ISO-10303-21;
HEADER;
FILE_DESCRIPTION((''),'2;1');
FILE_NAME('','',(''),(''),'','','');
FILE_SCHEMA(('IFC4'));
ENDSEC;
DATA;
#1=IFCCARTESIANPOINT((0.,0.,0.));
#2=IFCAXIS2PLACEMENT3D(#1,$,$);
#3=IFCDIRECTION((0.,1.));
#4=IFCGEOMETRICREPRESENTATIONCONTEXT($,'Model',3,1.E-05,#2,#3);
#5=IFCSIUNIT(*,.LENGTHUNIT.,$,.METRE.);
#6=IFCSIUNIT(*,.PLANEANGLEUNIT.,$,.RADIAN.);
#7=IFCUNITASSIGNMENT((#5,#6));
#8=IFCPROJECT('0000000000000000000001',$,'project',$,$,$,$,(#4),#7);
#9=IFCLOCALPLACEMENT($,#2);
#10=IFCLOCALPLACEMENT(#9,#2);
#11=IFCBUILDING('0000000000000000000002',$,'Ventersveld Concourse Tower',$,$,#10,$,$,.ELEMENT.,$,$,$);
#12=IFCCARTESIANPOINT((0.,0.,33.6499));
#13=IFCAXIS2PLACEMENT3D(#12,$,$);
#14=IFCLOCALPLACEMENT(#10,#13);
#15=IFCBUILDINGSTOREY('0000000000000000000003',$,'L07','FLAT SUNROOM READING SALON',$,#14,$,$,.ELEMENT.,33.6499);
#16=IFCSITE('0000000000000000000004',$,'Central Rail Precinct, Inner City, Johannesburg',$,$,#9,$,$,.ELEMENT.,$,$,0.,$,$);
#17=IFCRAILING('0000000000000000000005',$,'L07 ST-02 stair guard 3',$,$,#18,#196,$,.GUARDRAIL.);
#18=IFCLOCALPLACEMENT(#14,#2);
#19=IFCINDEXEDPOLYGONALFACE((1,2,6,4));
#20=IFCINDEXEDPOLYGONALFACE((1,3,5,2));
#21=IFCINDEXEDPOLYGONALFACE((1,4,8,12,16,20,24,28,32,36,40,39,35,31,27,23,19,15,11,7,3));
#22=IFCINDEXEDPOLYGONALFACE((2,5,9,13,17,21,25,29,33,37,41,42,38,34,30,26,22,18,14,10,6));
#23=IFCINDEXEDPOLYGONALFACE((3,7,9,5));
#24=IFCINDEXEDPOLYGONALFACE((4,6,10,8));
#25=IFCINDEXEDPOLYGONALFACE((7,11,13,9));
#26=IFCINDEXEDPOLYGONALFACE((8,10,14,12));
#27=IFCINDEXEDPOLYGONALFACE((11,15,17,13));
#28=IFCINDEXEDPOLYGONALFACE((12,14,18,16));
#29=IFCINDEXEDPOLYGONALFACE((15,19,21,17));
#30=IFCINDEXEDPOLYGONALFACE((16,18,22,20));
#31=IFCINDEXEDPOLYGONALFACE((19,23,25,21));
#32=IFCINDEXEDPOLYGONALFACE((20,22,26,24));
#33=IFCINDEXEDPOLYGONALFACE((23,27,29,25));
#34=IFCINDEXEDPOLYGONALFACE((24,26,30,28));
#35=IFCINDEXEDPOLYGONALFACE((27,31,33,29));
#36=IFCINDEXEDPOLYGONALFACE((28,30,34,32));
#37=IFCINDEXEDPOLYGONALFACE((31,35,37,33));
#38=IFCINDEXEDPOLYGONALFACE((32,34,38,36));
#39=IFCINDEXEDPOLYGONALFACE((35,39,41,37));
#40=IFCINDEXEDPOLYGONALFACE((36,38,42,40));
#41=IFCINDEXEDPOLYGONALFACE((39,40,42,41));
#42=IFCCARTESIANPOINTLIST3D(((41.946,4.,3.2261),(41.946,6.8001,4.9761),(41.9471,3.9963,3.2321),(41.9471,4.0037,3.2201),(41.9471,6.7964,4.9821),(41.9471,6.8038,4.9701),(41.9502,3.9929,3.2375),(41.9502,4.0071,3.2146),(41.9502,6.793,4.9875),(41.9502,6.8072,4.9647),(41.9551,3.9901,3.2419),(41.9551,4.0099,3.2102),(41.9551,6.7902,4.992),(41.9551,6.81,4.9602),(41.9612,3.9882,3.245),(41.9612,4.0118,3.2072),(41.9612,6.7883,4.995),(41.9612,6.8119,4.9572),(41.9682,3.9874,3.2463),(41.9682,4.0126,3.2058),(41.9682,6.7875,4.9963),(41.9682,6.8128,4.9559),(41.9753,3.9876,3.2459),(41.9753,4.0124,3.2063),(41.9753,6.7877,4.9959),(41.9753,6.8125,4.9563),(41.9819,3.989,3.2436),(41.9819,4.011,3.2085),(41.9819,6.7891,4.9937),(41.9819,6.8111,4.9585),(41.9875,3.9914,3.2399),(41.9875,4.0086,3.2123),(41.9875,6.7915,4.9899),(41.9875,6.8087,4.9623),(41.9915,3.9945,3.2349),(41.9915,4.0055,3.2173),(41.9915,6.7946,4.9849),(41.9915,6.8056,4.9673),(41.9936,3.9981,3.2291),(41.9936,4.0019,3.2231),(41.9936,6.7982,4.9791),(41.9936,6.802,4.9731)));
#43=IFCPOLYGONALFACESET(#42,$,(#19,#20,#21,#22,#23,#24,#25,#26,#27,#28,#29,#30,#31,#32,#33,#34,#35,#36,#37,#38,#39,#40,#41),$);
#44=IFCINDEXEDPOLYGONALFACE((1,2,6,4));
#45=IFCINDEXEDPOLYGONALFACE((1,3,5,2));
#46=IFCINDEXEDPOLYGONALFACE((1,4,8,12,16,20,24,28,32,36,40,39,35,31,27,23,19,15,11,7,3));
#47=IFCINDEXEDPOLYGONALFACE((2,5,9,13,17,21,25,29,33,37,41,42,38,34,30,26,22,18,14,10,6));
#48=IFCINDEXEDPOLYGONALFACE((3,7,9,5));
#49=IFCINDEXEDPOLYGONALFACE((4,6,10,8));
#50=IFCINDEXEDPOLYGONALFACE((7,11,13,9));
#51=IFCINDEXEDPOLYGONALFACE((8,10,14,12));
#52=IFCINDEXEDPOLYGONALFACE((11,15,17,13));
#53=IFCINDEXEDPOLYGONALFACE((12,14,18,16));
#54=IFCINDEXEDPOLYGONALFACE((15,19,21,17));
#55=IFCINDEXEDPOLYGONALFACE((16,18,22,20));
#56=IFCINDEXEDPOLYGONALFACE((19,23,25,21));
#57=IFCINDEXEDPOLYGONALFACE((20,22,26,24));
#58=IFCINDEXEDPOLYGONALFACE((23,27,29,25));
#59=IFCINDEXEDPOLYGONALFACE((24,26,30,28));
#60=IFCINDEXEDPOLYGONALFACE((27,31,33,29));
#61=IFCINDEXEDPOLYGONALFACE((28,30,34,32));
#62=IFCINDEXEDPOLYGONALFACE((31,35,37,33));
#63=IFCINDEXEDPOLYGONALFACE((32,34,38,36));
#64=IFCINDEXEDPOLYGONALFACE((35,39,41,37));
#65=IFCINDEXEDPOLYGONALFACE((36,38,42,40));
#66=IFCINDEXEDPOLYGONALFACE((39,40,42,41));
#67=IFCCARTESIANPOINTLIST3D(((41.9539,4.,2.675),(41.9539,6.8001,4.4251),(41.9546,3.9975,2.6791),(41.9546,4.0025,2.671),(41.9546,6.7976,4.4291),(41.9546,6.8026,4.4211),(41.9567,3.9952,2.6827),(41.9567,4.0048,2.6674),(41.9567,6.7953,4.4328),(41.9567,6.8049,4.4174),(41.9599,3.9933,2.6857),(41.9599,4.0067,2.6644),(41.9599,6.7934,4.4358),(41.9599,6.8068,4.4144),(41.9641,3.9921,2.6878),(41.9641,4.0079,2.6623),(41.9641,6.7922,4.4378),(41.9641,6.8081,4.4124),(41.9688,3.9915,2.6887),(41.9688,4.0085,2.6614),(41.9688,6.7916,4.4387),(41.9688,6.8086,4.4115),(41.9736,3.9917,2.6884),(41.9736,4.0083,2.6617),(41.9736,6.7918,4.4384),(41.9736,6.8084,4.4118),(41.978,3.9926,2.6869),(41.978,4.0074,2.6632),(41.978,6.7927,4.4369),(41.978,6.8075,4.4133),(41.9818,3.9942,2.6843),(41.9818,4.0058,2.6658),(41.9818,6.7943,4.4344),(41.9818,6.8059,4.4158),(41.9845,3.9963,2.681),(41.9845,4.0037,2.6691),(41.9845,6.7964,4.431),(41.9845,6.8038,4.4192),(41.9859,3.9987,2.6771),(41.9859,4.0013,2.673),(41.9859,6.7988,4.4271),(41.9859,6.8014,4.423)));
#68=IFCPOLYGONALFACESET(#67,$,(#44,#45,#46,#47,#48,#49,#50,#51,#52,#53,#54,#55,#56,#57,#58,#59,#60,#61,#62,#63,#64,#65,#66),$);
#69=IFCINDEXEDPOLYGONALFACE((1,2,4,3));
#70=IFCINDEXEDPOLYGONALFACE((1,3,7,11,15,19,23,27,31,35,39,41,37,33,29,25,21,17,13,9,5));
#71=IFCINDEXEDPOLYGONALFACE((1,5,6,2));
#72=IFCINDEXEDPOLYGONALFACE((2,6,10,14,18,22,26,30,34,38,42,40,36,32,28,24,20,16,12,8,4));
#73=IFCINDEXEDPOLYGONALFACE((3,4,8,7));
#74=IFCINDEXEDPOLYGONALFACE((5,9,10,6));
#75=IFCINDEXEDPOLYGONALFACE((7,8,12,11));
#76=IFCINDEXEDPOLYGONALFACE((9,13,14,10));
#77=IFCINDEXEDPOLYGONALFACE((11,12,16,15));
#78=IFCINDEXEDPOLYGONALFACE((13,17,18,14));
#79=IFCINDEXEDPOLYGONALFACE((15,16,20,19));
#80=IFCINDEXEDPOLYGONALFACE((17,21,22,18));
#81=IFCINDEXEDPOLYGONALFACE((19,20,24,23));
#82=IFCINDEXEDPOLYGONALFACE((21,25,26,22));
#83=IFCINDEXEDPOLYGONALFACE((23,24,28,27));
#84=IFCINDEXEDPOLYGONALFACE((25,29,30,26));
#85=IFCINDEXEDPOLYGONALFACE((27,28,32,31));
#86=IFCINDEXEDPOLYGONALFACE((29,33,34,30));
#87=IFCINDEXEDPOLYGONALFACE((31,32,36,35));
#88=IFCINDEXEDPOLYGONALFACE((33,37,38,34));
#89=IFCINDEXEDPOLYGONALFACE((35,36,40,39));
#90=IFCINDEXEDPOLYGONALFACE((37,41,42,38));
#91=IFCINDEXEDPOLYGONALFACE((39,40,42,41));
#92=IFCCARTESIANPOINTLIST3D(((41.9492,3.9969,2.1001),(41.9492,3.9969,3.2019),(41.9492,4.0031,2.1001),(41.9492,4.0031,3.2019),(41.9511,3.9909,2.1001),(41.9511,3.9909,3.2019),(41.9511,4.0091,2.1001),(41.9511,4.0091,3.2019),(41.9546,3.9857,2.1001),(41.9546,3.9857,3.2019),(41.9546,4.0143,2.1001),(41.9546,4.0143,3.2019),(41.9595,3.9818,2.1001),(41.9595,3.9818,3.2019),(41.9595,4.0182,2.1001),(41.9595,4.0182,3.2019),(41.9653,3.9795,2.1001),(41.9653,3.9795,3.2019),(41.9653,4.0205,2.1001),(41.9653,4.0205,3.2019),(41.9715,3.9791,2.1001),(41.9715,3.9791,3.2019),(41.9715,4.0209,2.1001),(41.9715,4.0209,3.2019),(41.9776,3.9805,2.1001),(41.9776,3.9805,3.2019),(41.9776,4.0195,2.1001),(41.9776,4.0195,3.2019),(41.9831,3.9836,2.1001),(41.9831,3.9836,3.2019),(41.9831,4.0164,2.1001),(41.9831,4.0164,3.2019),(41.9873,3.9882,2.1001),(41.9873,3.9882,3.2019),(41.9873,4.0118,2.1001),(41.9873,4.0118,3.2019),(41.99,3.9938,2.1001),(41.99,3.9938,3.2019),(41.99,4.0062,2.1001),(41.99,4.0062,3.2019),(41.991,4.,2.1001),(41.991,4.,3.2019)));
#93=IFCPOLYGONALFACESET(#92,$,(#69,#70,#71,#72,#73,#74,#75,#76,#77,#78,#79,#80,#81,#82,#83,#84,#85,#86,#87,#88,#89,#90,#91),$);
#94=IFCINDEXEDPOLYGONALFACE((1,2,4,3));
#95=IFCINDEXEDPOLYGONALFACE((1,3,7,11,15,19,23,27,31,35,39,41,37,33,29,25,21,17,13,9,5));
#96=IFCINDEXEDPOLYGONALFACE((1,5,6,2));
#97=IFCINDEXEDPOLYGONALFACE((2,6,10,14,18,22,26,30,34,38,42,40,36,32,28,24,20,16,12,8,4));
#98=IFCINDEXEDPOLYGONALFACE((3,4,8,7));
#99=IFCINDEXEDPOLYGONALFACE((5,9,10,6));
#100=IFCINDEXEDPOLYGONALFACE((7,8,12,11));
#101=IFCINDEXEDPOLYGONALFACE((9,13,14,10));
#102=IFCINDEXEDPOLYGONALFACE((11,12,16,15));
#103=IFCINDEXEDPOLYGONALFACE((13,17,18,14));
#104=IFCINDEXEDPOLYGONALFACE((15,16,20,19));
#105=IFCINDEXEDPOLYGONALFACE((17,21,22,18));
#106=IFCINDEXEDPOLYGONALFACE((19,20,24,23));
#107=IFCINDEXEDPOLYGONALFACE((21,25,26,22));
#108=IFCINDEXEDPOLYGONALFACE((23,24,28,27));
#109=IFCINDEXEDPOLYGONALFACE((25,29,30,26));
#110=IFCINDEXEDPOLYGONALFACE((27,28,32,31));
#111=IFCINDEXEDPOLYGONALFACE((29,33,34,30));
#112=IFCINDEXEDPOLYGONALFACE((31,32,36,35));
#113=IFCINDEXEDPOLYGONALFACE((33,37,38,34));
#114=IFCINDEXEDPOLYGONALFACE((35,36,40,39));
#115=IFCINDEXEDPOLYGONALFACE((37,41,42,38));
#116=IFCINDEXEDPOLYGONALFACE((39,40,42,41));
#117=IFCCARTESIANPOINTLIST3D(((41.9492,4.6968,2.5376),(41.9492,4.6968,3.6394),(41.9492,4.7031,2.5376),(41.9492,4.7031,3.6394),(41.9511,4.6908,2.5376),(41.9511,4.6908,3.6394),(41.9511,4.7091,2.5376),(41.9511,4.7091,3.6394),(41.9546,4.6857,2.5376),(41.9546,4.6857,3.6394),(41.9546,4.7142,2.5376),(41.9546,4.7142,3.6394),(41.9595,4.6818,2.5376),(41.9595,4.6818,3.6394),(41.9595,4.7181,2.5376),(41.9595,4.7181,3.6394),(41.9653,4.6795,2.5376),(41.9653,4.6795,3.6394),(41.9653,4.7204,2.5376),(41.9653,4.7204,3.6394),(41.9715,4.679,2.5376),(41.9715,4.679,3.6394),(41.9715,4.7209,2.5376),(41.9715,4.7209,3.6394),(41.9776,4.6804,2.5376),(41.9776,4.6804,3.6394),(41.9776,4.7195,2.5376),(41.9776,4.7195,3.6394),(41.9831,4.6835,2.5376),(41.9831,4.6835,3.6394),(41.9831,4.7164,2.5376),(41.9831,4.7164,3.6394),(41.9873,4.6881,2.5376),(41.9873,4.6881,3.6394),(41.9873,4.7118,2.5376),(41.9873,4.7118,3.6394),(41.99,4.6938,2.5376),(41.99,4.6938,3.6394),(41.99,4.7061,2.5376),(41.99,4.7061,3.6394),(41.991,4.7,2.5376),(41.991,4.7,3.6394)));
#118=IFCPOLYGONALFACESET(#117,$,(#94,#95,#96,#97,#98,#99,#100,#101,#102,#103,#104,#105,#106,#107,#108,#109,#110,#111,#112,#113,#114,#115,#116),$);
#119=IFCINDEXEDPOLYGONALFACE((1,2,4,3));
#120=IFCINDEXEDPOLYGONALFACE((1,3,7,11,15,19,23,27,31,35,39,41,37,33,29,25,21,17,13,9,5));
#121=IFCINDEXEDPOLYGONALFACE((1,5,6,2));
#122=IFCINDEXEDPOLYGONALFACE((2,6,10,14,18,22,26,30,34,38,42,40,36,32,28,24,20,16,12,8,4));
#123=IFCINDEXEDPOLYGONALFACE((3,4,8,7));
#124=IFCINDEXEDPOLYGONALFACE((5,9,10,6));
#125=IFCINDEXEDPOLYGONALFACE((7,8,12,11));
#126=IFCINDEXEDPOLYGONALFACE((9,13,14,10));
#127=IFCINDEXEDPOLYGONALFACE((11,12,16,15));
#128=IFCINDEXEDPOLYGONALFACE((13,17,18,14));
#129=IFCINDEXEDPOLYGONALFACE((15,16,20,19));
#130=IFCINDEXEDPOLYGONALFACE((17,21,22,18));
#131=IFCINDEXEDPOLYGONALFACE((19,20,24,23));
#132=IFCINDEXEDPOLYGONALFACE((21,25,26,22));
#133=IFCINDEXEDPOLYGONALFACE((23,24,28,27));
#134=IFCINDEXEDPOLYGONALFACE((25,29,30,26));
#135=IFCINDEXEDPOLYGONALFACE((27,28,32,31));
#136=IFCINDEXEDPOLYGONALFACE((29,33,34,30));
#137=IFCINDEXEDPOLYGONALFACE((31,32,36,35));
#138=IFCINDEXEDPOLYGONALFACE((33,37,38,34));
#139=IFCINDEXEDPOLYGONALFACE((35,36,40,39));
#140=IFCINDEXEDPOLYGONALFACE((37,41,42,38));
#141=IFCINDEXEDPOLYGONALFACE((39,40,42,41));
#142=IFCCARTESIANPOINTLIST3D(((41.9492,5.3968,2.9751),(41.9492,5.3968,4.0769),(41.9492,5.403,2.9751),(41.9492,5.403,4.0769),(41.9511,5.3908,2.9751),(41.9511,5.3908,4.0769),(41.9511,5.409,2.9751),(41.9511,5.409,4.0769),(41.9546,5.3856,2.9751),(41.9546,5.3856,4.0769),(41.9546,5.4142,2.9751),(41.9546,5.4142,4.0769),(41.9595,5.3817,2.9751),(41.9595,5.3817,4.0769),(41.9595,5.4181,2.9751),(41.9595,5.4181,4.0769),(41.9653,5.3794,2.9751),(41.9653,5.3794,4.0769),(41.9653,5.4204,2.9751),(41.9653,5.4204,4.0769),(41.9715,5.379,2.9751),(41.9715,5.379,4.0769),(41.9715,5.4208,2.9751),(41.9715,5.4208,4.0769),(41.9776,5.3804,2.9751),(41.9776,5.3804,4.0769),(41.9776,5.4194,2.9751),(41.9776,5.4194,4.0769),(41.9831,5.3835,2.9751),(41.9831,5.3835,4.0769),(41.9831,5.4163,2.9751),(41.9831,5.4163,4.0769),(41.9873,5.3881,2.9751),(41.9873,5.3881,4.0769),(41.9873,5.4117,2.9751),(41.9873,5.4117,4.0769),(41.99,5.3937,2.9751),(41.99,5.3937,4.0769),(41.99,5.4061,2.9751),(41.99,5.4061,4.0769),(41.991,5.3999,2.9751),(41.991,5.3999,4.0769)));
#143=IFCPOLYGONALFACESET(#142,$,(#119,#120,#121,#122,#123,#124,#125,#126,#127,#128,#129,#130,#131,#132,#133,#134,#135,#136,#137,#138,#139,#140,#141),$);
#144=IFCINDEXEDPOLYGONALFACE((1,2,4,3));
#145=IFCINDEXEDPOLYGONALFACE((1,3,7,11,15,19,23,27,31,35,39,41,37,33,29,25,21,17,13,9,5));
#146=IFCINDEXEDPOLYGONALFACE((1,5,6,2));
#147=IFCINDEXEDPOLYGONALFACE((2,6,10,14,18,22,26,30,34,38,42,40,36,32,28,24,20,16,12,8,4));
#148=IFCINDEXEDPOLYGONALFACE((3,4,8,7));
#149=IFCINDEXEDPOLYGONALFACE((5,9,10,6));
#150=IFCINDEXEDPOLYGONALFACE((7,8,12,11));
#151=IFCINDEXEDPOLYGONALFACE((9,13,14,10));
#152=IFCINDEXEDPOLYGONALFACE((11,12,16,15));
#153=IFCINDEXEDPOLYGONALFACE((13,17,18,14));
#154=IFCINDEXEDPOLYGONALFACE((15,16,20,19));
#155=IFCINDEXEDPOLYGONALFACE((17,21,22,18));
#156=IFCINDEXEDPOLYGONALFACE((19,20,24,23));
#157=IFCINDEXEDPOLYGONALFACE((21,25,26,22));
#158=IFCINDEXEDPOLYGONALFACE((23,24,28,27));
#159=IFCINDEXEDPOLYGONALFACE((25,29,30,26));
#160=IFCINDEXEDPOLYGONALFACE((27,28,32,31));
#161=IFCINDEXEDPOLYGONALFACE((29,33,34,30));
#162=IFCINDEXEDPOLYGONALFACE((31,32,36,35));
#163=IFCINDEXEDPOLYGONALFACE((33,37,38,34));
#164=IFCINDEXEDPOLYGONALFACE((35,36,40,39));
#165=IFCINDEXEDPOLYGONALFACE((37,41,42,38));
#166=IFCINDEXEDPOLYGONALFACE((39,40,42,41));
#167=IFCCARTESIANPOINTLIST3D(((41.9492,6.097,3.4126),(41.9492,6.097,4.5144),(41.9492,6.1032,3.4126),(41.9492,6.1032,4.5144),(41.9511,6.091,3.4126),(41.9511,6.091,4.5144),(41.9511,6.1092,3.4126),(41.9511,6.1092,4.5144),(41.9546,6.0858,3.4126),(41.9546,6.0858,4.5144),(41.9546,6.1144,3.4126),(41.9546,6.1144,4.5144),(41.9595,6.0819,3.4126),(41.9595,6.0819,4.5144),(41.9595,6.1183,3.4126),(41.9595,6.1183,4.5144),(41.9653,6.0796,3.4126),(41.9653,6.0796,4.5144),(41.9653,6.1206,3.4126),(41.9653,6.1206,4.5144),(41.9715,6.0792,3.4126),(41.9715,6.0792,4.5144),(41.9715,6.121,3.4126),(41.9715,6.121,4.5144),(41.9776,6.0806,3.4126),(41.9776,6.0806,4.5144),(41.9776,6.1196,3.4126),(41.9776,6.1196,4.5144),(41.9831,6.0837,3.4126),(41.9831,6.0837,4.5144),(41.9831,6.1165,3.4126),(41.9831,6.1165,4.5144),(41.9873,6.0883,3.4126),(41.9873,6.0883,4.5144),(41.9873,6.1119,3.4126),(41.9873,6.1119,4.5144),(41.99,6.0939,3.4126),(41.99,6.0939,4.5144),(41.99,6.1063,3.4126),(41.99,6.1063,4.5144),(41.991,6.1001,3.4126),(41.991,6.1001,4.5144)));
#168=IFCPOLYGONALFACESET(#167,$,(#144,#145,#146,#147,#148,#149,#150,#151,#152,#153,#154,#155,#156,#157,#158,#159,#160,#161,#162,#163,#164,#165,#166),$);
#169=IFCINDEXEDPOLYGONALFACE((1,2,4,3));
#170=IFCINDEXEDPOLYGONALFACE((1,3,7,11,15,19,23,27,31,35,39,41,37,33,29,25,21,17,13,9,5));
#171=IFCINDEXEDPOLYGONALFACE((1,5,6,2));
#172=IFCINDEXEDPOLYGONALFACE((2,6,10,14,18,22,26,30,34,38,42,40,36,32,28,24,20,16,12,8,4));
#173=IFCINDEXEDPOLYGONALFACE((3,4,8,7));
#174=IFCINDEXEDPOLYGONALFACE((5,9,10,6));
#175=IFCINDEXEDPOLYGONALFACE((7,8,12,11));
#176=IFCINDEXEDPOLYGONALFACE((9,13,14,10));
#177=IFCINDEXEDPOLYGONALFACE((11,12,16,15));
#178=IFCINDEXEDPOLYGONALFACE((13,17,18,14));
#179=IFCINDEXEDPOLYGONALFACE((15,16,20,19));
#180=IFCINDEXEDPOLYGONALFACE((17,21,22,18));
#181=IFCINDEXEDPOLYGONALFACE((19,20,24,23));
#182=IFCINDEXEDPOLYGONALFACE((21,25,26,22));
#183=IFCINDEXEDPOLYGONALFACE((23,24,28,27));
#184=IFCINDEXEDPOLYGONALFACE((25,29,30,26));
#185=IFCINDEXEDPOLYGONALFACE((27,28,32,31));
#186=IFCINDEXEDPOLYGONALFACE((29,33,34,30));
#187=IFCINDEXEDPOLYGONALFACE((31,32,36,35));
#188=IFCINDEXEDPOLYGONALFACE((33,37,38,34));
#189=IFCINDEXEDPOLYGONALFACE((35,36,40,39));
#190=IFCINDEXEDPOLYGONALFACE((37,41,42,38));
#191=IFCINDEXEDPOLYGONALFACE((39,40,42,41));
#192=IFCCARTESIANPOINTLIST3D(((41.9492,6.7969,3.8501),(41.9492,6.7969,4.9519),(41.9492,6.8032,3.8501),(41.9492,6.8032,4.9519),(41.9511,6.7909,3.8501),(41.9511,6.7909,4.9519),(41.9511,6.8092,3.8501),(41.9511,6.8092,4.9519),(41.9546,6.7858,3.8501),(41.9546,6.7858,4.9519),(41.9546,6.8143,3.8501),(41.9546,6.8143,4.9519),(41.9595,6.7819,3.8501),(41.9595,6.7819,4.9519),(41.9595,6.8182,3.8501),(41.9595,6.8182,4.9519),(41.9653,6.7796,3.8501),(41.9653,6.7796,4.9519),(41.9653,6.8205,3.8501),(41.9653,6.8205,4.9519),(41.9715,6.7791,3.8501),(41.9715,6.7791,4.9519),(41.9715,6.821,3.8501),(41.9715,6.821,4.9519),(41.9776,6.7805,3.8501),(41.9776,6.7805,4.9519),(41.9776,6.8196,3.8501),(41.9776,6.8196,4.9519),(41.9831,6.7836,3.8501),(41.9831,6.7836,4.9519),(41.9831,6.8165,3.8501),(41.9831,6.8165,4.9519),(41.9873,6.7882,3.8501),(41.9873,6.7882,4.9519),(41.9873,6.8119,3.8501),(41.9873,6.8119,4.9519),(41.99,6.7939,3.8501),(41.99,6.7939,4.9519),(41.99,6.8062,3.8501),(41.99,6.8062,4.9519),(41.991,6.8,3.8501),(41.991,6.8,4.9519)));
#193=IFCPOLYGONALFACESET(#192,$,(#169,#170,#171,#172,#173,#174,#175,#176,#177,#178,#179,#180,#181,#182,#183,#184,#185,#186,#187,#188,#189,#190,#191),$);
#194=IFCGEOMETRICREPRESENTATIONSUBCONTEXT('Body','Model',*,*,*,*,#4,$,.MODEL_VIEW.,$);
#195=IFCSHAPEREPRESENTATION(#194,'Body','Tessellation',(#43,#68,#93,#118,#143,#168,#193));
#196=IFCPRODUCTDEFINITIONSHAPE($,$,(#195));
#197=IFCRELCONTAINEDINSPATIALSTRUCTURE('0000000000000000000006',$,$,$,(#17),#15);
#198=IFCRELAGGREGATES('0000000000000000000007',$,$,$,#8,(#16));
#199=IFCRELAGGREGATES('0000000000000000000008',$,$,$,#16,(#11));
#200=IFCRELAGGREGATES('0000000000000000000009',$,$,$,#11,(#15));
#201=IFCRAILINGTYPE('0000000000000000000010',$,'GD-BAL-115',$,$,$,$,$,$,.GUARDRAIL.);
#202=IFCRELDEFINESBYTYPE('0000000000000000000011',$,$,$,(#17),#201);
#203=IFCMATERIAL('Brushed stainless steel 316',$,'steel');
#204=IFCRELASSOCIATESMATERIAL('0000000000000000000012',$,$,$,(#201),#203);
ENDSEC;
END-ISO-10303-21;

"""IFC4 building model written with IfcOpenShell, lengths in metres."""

from ifc_helpers import new_model, si_unit, direction, frame, origin, origin_2d, place, context, subcontext, project, spatial, circle, extrude, material, type_object, element, save


model = new_model("IFC4")

# Units and contexts
model_context = context("Model", 3, precision=1e-05, world=origin(), true_north=direction((0.0, 1.0)))
body_context = subcontext(model_context, "Body", "Model", "MODEL_VIEW")
ifc_project = project(units=[si_unit("LENGTHUNIT", "METRE"), si_unit("PLANEANGLEUNIT", "RADIAN")], contexts=[model_context])

# Site, building, storey
site_placement = place(None, origin())
site = spatial("IfcSite", under=ifc_project, at=site_placement, Name="Central Rail Precinct, Inner City, Johannesburg", CompositionType="ELEMENT", RefElevation=0.0)
building_placement = place(site_placement, origin())
building = spatial("IfcBuilding", under=site, at=building_placement, Name="Ventersveld Concourse Tower", CompositionType="ELEMENT")
storey_placement = place(building_placement, frame((0.0, 0.0, 33.6499)))
storey = spatial("IfcBuildingStorey", under=building, at=storey_placement, Name="L07", Description="FLAT SUNROOM READING SALON", CompositionType="ELEMENT", Elevation=33.6499)

# Railing
ifc_material_1 = material(Name="Brushed stainless steel 316", Category="steel")
railing_type_1 = type_object("IfcRailingType", Name="GD-BAL-115", PredefinedType="GUARDRAIL", material=ifc_material_1)
railing_1_placement = place(storey_placement, frame((41.97, 4.0, 2.1001)))
element("IfcRailing", 1, at=railing_1_placement, inside=storey, type_object=railing_type_1, Name="L07 ST-02 stair guard 3", PredefinedType="GUARDRAIL", context=body_context, shape_type="SweptSolid", body=[
    extrude(circle(Radius=0.0239, at=origin_2d()), frame((0.0, 0.0, 1.126), z_axis=(0.0, 0.848002, 0.529992), x_axis=(-1.0, 0.0, 0.0)), (0.0, 0.0, 1.0), 3.302),
    extrude(circle(Radius=0.0161, at=origin_2d()), frame((0.0, 0.0, 0.575), z_axis=(0.0, 0.848002, 0.529992), x_axis=(-1.0, 0.0, 0.0)), (0.0, 0.0, 1.0), 3.302),
    extrude(circle(Radius=0.021, at=origin_2d()), origin(), (0.0, 0.0, 1.0), 1.1018),
    extrude(circle(Radius=0.021, at=origin_2d()), frame((0.0, 0.7, 0.4375)), (0.0, 0.0, 1.0), 1.1018),
    extrude(circle(Radius=0.021, at=origin_2d()), frame((0.0, 1.3999, 0.875)), (0.0, 0.0, 1.0), 1.1018),
    extrude(circle(Radius=0.021, at=origin_2d()), frame((0.0, 2.1001, 1.3125)), (0.0, 0.0, 1.0), 1.1018),
    extrude(circle(Radius=0.021, at=origin_2d()), frame((0.0, 2.8, 1.75)), (0.0, 0.0, 1.0), 1.1018),
])

save(model, "model.ifc")
